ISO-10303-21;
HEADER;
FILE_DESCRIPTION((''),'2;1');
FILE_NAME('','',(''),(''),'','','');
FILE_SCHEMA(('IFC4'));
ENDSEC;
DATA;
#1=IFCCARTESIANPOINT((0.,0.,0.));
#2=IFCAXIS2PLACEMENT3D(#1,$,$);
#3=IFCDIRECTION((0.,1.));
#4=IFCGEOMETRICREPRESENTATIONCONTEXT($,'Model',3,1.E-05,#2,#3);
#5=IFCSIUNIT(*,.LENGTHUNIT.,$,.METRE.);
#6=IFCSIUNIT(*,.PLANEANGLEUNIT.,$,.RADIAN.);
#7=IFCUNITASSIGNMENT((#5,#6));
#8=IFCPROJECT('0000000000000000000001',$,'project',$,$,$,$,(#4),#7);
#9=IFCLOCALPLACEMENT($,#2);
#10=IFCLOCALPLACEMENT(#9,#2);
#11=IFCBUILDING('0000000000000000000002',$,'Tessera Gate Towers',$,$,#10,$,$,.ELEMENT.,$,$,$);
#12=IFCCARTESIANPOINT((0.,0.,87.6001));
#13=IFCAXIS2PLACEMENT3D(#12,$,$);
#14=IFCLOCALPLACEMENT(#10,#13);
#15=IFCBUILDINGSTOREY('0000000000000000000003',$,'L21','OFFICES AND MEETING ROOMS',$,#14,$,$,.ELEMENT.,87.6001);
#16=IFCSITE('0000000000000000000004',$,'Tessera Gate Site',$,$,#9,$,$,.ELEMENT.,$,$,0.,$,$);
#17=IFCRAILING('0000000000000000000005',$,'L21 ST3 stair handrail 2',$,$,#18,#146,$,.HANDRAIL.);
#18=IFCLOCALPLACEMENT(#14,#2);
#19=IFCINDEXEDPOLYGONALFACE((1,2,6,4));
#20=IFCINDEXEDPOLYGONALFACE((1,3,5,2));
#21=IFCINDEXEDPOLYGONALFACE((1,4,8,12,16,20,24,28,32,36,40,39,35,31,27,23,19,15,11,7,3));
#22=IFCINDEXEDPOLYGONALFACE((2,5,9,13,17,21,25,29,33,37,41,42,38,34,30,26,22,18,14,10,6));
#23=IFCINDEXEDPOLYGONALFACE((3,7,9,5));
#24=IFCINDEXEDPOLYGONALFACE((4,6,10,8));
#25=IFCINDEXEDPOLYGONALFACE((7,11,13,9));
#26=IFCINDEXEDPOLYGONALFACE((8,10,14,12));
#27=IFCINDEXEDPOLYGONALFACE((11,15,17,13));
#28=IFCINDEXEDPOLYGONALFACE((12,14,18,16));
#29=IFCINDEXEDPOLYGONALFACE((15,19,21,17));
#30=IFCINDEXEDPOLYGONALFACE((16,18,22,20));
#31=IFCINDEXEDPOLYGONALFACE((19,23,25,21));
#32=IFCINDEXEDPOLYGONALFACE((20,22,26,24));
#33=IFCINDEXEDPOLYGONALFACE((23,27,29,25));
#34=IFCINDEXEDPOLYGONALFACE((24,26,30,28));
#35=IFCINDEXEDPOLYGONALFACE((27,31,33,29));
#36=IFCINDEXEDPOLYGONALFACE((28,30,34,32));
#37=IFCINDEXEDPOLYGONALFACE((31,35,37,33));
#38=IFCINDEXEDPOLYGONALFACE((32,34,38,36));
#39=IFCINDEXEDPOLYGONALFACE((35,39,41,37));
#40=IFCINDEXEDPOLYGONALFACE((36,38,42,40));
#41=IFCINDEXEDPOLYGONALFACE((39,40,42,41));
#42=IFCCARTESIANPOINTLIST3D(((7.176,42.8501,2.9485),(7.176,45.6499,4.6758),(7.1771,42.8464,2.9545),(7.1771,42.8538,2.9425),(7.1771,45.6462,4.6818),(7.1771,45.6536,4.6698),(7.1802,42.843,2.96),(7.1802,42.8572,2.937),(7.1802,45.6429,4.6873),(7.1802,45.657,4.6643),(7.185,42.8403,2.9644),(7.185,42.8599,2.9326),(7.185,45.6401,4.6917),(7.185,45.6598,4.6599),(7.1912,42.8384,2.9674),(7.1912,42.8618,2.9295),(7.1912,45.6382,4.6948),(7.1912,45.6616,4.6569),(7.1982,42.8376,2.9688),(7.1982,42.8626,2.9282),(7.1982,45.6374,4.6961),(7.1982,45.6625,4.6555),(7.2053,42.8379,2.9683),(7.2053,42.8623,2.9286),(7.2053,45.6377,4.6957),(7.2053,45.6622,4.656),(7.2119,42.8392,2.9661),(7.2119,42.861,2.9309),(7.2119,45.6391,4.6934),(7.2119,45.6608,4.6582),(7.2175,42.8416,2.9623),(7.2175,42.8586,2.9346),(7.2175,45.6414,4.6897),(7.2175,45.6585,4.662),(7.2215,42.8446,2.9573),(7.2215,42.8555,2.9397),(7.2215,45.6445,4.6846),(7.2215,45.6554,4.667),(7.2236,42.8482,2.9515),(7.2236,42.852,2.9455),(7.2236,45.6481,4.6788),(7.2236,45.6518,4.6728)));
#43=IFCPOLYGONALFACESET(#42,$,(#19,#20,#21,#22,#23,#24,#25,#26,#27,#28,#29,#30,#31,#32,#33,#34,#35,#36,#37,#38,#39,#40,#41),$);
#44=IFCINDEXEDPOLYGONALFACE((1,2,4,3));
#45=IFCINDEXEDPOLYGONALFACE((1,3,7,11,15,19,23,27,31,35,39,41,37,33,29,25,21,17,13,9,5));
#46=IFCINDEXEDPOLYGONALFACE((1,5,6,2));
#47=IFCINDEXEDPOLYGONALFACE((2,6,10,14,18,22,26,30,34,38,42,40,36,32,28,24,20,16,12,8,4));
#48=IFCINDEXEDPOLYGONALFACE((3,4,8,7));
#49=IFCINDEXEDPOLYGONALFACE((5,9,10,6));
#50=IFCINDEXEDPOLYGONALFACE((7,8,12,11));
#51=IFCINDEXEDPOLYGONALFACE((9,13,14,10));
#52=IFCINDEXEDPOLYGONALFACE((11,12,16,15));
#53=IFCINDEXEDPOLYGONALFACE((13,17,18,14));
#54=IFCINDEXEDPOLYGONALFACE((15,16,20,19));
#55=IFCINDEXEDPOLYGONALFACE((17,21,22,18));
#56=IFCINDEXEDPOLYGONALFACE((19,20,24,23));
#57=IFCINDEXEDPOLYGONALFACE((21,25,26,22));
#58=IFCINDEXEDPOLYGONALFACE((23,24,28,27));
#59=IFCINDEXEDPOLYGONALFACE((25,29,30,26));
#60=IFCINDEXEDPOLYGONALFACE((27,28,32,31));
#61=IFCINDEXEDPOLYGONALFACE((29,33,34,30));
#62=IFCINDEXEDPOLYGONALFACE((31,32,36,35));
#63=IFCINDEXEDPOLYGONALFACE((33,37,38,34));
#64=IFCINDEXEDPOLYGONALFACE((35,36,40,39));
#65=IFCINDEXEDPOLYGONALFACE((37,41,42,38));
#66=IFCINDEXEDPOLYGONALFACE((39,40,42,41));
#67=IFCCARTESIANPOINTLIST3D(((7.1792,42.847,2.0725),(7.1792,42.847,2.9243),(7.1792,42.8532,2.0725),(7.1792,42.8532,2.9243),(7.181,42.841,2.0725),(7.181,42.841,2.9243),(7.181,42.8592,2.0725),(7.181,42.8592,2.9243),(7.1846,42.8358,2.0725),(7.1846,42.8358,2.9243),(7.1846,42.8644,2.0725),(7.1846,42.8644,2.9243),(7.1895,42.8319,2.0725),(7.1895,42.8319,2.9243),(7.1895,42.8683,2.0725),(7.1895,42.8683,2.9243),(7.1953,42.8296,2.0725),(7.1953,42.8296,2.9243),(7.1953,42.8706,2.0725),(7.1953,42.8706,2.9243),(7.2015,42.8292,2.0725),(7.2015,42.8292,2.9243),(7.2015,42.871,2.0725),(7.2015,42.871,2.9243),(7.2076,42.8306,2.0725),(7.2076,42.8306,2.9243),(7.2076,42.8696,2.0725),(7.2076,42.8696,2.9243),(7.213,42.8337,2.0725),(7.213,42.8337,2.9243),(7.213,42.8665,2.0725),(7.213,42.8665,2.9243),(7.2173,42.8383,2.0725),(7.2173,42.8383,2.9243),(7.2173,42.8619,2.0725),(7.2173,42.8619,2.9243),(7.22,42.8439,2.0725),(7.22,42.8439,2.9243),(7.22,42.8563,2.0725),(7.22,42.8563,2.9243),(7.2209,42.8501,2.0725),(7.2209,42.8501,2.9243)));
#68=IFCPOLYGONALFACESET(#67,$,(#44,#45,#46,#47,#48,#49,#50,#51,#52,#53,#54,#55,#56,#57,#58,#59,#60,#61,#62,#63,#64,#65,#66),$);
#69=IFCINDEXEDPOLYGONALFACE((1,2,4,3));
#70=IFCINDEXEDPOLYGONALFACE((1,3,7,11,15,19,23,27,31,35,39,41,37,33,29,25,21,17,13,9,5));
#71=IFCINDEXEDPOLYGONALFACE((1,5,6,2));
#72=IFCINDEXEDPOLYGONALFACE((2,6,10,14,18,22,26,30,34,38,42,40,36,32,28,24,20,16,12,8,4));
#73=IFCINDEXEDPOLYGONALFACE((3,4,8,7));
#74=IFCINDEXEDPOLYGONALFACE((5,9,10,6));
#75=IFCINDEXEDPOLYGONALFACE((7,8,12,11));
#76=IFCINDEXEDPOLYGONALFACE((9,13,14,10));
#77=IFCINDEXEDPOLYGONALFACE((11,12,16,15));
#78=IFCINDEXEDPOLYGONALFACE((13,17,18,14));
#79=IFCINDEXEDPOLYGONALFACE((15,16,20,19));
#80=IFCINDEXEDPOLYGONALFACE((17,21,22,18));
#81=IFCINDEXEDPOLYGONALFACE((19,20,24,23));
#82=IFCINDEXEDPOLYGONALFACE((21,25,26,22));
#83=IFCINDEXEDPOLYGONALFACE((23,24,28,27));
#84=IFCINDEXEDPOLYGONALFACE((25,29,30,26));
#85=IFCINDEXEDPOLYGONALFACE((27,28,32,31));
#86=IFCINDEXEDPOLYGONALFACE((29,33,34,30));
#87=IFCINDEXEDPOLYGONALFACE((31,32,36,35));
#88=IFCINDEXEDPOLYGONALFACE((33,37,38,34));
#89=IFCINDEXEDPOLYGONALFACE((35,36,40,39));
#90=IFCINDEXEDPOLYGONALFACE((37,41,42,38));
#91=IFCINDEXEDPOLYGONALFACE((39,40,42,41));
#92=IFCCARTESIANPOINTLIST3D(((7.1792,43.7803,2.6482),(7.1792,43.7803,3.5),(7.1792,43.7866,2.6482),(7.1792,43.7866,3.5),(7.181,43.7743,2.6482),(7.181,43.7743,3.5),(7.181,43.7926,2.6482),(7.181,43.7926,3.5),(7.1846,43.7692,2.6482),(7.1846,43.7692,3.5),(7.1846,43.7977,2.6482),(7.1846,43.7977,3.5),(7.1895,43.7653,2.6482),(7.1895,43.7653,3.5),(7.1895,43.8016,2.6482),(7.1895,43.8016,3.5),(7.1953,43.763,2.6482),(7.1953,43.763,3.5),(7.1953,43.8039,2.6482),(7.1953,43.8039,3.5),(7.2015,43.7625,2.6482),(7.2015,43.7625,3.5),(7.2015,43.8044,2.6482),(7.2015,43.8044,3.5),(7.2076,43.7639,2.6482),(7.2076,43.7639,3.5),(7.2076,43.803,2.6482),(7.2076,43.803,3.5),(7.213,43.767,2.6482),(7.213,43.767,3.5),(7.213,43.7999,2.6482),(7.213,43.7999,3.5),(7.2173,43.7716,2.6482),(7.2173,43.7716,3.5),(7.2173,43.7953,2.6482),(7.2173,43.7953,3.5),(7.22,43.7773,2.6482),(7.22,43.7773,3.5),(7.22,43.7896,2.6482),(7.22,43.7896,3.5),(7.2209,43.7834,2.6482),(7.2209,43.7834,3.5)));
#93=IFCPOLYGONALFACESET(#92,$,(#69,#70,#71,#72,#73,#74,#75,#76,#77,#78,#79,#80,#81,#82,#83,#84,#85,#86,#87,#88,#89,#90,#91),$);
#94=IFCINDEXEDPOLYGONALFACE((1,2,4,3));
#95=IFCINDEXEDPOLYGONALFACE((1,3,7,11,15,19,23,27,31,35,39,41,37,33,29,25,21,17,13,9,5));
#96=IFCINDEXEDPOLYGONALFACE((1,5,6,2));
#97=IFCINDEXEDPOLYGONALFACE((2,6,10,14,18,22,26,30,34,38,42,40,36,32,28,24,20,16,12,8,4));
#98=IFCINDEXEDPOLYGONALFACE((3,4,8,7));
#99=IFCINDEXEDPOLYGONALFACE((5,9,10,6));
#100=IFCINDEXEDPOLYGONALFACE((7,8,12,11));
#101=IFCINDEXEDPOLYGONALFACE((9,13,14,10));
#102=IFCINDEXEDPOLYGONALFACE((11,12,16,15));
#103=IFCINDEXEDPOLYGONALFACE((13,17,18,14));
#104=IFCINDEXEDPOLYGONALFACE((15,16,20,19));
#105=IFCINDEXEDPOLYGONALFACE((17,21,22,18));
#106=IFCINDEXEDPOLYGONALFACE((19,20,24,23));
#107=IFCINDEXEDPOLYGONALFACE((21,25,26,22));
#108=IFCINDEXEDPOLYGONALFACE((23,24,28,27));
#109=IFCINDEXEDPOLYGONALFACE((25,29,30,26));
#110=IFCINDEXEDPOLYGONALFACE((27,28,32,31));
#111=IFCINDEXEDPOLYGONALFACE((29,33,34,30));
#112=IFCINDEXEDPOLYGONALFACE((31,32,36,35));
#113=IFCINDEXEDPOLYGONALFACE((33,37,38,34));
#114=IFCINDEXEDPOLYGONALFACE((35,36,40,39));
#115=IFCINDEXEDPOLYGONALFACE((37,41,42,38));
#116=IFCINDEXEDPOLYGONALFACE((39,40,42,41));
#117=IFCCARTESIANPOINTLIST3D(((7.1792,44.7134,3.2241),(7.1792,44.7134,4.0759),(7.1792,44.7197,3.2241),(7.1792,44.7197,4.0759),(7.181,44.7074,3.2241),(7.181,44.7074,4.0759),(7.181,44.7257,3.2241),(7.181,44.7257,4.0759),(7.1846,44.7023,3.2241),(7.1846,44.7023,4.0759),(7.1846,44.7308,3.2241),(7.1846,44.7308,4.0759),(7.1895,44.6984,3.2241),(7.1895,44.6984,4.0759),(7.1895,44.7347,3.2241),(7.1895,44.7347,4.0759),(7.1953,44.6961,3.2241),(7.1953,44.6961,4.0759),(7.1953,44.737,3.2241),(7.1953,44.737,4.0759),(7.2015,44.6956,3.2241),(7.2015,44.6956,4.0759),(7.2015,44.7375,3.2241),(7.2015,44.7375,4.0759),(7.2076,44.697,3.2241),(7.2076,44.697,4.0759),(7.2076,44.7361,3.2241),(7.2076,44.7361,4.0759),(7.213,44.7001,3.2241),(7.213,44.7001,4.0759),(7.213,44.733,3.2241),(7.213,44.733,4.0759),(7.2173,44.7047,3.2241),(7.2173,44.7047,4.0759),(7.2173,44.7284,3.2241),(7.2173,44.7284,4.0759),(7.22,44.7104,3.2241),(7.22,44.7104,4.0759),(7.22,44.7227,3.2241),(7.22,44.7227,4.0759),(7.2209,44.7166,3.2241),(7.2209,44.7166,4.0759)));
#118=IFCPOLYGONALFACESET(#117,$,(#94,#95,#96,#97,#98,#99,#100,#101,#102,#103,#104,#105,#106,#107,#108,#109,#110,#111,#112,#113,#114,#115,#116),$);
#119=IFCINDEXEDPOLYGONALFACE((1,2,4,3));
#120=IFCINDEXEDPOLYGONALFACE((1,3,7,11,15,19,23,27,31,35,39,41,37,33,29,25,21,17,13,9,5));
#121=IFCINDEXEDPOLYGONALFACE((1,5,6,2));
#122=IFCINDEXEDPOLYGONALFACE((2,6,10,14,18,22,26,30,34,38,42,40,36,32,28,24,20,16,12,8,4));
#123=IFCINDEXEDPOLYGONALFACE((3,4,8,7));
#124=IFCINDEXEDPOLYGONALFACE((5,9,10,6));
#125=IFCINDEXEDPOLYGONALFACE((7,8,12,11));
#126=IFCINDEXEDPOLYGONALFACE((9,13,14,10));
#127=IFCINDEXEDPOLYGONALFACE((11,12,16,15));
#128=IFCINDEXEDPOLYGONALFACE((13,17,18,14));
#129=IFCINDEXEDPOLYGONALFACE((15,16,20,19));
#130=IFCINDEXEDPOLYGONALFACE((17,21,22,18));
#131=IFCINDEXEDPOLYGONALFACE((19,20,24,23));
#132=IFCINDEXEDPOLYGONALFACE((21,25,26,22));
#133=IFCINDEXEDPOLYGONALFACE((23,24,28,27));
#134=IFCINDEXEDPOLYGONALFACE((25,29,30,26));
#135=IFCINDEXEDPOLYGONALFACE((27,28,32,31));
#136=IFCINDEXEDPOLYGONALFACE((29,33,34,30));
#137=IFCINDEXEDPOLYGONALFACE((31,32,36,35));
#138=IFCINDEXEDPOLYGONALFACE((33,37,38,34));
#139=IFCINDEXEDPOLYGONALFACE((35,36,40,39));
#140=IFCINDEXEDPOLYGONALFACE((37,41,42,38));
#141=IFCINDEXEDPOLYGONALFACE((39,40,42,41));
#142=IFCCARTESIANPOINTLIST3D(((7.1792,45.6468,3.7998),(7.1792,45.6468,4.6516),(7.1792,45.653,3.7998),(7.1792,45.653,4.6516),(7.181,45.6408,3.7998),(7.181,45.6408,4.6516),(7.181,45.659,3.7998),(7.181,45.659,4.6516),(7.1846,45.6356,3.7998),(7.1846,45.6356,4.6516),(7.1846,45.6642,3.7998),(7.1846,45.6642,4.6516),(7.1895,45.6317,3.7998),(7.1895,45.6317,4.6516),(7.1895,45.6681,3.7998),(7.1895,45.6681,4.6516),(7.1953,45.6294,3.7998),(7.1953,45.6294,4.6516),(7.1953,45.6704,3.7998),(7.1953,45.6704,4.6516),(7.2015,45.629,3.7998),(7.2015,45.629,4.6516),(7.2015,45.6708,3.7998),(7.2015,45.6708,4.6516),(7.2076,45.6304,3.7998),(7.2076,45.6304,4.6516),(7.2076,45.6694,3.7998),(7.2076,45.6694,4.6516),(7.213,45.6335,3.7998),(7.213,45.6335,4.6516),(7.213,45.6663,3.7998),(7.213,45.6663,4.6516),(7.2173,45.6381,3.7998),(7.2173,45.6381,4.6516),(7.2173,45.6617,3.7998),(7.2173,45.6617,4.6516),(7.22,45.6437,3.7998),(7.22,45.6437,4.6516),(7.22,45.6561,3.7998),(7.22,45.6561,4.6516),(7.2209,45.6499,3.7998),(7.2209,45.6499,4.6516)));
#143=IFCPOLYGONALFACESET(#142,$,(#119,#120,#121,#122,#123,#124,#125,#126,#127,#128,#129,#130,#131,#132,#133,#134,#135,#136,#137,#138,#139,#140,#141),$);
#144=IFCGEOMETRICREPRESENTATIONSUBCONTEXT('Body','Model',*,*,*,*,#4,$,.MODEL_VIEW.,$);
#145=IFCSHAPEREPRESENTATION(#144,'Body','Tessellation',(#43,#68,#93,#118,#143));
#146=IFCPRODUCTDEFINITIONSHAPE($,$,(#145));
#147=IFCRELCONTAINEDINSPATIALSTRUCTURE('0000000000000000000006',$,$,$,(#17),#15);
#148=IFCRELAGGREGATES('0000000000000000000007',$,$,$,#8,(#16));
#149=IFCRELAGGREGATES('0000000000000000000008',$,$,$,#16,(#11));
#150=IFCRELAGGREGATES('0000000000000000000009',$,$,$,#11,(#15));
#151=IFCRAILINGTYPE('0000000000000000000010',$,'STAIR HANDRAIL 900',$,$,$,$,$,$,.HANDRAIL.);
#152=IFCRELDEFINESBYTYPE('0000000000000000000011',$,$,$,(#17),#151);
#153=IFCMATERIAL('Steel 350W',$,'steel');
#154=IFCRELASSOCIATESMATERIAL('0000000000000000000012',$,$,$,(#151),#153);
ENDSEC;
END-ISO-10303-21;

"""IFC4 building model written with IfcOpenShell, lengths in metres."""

from ifc_helpers import new_model, si_unit, direction, frame, origin, origin_2d, place, context, subcontext, project, spatial, circle, extrude, material, type_object, element, save


model = new_model("IFC4")

# Units and contexts
model_context = context("Model", 3, precision=1e-05, world=origin(), true_north=direction((0.0, 1.0)))
body_context = subcontext(model_context, "Body", "Model", "MODEL_VIEW")
ifc_project = project(units=[si_unit("LENGTHUNIT", "METRE"), si_unit("PLANEANGLEUNIT", "RADIAN")], contexts=[model_context])

# Site, building, storey
site_placement = place(None, origin())
site = spatial("IfcSite", under=ifc_project, at=site_placement, Name="Tessera Gate Site", CompositionType="ELEMENT", RefElevation=0.0)
building_placement = place(site_placement, origin())
building = spatial("IfcBuilding", under=site, at=building_placement, Name="Tessera Gate Towers", CompositionType="ELEMENT")
storey_placement = place(building_placement, frame((0.0, 0.0, 87.6001)))
storey = spatial("IfcBuildingStorey", under=building, at=storey_placement, Name="L21", Description="OFFICES AND MEETING ROOMS", CompositionType="ELEMENT", Elevation=87.6001)

# Railing
ifc_material_1 = material(Name="Steel 350W", Category="steel")
railing_type_1 = type_object("IfcRailingType", Name="STAIR HANDRAIL 900", PredefinedType="HANDRAIL", material=ifc_material_1)
railing_1_placement = place(storey_placement, frame((7.2, 42.8501, 2.0725)))
element("IfcRailing", 1, at=railing_1_placement, inside=storey, type_object=railing_type_1, Name="L21 ST3 stair handrail 2", PredefinedType="HANDRAIL", context=body_context, shape_type="SweptSolid", body=[
    extrude(circle(Radius=0.0239, at=origin_2d()), frame((0.0, 0.0, 0.876), z_axis=(0.0, 0.851069, 0.525054), x_axis=(-1.0, 0.0, 0.0)), (0.0, 0.0, 1.0), 3.2898),
    extrude(circle(Radius=0.021, at=origin_2d()), origin(), (0.0, 0.0, 1.0), 0.8518),
    extrude(circle(Radius=0.021, at=origin_2d()), frame((0.0, 0.9333, 0.5757)), (0.0, 0.0, 1.0), 0.8518),
    extrude(circle(Radius=0.021, at=origin_2d()), frame((0.0, 1.8665, 1.1516)), (0.0, 0.0, 1.0), 0.8518),
    extrude(circle(Radius=0.021, at=origin_2d()), frame((0.0, 2.7998, 1.7273)), (0.0, 0.0, 1.0), 0.8518),
])

save(model, "model.ifc")
